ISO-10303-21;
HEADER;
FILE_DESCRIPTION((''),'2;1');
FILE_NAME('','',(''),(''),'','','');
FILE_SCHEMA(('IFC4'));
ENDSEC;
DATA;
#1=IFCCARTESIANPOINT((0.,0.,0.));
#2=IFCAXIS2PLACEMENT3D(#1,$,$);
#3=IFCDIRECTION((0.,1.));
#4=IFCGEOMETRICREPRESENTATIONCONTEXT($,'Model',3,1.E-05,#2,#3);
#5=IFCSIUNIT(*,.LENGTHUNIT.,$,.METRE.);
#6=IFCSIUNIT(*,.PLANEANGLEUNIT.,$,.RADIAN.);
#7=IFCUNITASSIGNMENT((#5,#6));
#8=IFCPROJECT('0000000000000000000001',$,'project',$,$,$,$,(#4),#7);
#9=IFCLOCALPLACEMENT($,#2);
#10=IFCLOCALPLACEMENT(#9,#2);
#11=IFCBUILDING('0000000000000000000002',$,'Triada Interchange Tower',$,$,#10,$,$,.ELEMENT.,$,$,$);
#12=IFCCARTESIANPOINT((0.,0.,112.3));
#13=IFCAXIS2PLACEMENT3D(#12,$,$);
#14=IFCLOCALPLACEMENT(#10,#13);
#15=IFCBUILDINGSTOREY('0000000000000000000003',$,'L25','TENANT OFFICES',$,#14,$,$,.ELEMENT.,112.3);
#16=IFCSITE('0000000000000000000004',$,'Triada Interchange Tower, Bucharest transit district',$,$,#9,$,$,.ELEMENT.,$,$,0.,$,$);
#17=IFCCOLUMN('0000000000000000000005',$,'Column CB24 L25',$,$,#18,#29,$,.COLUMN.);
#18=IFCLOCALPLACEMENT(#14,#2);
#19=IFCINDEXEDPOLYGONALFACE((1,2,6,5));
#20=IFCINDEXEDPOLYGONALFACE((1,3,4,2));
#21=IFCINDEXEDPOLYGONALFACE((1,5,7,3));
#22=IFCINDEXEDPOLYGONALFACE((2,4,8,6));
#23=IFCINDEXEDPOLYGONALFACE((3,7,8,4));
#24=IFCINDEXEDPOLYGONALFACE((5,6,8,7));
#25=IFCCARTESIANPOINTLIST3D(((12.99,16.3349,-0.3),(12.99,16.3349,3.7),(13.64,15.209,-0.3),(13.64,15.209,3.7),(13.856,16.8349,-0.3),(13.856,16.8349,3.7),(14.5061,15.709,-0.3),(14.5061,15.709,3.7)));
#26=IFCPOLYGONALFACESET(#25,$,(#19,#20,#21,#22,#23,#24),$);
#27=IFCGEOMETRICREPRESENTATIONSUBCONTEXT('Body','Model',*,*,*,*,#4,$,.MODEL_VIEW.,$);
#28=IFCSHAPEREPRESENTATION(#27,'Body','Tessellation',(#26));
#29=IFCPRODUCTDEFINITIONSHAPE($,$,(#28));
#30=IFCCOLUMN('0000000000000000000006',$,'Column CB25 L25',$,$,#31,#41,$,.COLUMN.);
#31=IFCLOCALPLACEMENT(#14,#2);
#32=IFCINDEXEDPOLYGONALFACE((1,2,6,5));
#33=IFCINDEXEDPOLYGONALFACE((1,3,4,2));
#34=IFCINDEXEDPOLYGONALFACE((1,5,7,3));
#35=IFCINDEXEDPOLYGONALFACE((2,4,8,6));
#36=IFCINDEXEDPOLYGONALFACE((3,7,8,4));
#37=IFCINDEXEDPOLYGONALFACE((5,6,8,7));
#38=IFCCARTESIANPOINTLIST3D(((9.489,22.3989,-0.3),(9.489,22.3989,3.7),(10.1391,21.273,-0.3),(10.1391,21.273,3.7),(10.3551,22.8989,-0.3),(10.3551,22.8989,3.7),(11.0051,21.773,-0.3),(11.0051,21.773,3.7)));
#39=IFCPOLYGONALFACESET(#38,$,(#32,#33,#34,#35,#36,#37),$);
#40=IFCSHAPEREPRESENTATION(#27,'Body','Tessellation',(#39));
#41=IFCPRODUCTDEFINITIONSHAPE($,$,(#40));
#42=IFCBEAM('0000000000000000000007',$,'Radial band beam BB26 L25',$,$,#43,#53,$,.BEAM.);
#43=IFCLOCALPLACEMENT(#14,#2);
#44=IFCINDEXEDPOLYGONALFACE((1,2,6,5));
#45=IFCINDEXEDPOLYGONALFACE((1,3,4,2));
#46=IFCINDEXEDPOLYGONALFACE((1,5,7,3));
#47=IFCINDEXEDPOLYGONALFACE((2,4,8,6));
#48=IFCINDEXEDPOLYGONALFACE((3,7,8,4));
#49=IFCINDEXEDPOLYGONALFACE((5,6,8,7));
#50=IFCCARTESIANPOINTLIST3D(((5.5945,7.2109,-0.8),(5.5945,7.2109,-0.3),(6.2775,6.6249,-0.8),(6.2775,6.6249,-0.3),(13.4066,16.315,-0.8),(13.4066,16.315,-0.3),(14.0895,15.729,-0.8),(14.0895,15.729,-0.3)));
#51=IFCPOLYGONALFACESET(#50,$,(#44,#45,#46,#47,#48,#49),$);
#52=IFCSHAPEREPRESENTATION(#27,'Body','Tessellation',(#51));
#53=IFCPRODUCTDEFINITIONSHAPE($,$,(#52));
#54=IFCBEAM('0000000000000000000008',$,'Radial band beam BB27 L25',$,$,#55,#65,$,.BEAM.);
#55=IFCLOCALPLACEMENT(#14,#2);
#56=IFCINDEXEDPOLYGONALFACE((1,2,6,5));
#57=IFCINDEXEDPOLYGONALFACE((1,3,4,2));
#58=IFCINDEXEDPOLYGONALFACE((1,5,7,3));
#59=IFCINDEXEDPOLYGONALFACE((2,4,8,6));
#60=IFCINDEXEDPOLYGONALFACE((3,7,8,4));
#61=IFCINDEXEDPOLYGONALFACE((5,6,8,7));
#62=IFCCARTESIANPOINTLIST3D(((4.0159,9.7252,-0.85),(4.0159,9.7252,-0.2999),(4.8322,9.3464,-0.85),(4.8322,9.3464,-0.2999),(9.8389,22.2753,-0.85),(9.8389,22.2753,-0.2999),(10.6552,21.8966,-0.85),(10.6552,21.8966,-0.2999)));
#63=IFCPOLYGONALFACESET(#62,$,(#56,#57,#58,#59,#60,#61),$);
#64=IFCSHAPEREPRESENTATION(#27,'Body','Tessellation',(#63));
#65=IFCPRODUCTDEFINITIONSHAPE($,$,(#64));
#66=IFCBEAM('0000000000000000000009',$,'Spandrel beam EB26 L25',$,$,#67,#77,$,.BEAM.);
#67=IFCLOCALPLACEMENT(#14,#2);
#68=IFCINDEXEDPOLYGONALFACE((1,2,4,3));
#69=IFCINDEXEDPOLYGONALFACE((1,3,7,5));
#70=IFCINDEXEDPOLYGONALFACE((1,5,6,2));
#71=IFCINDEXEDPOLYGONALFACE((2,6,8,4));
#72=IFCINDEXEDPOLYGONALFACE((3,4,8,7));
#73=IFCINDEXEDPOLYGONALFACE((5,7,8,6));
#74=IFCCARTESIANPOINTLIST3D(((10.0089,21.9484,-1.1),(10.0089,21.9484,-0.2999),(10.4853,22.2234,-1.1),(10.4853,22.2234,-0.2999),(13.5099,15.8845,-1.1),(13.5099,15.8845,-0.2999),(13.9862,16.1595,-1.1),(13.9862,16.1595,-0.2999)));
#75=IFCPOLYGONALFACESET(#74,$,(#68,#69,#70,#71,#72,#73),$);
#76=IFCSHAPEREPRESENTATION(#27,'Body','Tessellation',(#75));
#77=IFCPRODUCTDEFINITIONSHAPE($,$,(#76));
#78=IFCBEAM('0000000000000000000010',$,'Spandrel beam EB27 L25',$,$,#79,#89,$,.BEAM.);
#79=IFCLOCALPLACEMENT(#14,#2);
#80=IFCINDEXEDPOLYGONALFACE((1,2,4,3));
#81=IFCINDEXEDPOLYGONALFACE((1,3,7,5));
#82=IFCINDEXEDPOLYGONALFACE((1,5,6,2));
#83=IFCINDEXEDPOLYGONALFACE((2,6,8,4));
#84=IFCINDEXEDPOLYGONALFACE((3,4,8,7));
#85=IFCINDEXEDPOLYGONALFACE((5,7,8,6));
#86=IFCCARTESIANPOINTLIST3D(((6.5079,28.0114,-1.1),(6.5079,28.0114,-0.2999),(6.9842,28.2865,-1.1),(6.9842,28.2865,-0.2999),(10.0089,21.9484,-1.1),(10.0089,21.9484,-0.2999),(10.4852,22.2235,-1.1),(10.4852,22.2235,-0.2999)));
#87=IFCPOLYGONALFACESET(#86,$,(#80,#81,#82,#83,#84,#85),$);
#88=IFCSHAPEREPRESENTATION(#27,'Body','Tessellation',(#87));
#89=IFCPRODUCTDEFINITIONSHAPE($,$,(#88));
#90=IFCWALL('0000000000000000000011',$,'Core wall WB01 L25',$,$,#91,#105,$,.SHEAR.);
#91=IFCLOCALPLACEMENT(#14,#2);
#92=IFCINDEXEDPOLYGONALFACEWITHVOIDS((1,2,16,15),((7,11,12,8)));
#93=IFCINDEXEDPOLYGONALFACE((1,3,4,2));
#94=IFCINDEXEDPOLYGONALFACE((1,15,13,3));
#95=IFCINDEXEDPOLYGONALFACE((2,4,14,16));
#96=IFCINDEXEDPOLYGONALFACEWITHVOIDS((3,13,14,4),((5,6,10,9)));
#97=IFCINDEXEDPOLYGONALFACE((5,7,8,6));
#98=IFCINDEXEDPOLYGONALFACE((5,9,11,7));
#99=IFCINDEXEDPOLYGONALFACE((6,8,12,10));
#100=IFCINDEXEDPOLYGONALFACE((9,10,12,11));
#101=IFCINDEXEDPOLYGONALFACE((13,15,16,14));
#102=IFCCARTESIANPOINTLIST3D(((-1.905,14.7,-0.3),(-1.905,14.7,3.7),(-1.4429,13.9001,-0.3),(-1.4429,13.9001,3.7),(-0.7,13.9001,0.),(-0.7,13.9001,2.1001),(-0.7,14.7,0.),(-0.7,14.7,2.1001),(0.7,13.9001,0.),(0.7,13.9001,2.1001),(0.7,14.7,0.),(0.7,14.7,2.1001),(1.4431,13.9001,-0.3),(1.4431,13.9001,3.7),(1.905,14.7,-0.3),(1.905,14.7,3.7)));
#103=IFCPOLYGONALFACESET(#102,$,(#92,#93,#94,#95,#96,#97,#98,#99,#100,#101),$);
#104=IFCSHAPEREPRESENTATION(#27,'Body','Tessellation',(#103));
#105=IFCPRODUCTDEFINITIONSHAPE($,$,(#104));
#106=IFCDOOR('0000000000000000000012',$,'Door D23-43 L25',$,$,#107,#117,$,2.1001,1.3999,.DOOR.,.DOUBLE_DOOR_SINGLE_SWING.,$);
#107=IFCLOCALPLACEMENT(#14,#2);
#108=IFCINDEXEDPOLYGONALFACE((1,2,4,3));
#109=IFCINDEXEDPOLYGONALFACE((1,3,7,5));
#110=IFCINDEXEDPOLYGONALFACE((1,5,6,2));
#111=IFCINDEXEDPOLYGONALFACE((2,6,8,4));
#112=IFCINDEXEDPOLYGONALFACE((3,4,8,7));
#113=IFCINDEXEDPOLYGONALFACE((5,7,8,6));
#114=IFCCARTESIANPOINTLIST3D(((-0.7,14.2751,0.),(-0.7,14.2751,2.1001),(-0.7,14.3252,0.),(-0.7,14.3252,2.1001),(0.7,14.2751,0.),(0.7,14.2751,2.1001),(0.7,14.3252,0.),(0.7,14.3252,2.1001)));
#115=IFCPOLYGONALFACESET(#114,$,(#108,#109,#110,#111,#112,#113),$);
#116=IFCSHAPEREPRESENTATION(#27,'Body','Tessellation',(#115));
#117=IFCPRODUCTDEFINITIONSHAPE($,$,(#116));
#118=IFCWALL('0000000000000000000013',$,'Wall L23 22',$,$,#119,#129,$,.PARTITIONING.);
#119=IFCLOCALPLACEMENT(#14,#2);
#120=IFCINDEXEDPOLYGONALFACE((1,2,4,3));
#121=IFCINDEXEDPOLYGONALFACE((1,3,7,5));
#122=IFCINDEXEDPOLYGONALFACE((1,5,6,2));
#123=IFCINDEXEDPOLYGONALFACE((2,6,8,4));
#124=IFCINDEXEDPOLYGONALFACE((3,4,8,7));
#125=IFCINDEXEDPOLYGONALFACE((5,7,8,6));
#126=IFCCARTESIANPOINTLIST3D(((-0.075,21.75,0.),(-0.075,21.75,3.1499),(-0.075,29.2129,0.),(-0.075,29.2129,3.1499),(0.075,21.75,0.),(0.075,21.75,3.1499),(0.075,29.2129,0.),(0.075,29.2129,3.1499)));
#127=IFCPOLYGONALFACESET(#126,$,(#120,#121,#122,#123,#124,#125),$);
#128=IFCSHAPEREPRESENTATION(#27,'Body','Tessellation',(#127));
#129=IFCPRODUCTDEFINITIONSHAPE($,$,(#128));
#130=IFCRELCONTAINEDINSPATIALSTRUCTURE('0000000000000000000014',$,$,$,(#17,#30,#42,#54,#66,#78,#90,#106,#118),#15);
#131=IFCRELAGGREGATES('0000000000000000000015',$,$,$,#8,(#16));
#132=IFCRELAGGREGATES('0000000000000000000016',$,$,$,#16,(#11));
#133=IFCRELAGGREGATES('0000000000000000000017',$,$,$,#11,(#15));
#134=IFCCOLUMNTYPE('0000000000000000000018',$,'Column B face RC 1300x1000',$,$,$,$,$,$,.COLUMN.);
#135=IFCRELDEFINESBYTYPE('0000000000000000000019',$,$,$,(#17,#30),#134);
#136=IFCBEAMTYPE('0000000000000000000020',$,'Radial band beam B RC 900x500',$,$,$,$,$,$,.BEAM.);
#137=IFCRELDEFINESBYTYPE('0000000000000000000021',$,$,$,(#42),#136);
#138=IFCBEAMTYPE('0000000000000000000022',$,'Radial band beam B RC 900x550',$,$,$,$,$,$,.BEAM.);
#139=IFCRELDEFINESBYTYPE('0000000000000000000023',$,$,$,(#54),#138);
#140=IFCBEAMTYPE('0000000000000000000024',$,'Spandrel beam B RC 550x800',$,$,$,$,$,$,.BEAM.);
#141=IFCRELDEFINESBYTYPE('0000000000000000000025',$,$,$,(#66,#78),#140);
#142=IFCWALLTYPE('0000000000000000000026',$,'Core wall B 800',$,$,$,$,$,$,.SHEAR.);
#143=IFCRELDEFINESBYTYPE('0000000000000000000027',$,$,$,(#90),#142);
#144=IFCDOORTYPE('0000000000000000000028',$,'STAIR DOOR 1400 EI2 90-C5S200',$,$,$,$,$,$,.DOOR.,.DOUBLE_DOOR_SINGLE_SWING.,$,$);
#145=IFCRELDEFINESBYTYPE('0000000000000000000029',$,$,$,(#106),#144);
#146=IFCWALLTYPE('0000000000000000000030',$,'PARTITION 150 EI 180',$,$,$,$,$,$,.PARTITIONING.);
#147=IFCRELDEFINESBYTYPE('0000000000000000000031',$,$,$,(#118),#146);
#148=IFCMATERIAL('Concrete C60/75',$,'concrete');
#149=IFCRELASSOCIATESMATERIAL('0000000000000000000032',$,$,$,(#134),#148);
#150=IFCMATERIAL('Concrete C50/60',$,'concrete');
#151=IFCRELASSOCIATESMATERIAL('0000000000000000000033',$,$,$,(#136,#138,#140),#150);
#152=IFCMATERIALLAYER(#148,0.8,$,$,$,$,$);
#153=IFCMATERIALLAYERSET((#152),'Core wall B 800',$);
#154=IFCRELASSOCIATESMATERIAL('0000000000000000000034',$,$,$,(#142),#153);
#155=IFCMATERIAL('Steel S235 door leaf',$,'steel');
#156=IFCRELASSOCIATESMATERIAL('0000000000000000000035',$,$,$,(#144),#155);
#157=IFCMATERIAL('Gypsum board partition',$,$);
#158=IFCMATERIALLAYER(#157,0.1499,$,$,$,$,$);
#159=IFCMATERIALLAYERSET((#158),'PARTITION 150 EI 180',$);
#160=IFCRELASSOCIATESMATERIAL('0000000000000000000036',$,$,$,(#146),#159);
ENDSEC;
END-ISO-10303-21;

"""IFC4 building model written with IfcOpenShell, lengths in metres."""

from ifc_helpers import new_model, si_unit, direction, frame, frame_2d, origin, origin_2d, place, context, subcontext, project, spatial, polyline, rectangle, outline, extrude, material, layer, layer_set, material_profile, profile_set, type_object, element, fill, save


model = new_model("IFC4")

# Units and contexts
model_context = context("Model", 3, precision=1e-05, world=origin(), true_north=direction((0.0, 1.0)))
body_context = subcontext(model_context, "Body", "Model", "MODEL_VIEW")
ifc_project = project(units=[si_unit("LENGTHUNIT", "METRE"), si_unit("PLANEANGLEUNIT", "RADIAN")], contexts=[model_context])

# Site, building, storey
site_placement = place(None, origin())
site = spatial("IfcSite", under=ifc_project, at=site_placement, Name="Triada Interchange Tower, Bucharest transit district", CompositionType="ELEMENT", RefElevation=0.0)
building_placement = place(site_placement, origin())
building = spatial("IfcBuilding", under=site, at=building_placement, Name="Triada Interchange Tower", CompositionType="ELEMENT")
storey_placement = place(building_placement, frame((0.0, 0.0, 112.3)))
storey = spatial("IfcBuildingStorey", under=building, at=storey_placement, Name="L25", Description="TENANT OFFICES", CompositionType="ELEMENT", Elevation=112.3)

# Columns
ifc_material_1 = material(Name="Concrete C60/75", Category="concrete")
ifc_material_profile_1 = material_profile(ifc_material_1, rectangle(XDim=1.3, YDim=1.0, at=origin_2d()), Name="RC 1300x1000")
ifc_profile_set_1 = profile_set([ifc_material_profile_1], Name="Concrete C60/75")
column_type = type_object("IfcColumnType", Name="Column B face RC 1300x1000", PredefinedType="COLUMN", material=ifc_profile_set_1)
for number, where, z_axis, x_axis, name in (
    (1, (13.748, 16.022, -0.3), (0.0, 0.0, 1.0), (-0.5, 0.866025, 0.0), "Column CB24 L25"),
    (2, (10.2471, 22.0859, -0.3), (0.0, 0.0, 1.0), (-0.5, 0.866025, 0.0), "Column CB25 L25"),
):
    element("IfcColumn", number, at=place(storey_placement, frame(where, z_axis=z_axis, x_axis=x_axis)), inside=storey, type_object=column_type, Name=name, PredefinedType="COLUMN", context=body_context, shape_type="SweptSolid", body=[
        extrude(rectangle(XDim=1.3, YDim=1.0, at=origin_2d()), origin(), (0.0, 0.0, 1.0), 4.0),
    ])

# Beams
ifc_material_2 = material(Name="Concrete C50/60", Category="concrete")
ifc_material_profile_2 = material_profile(ifc_material_2, rectangle(XDim=0.8999, YDim=0.5, at=origin_2d()), Name="RC 900x500")
ifc_profile_set_2 = profile_set([ifc_material_profile_2], Name="Concrete C50/60")
beam_type_1 = type_object("IfcBeamType", Name="Radial band beam B RC 900x500", PredefinedType="BEAM", material=ifc_profile_set_2)
beam_1_placement = place(storey_placement, frame((13.748, 16.022, -0.55), z_axis=(-0.651204, -0.758903, 0.0), x_axis=(0.758903, -0.651204, 0.0)))
element("IfcBeam", 3, at=beam_1_placement, inside=storey, type_object=beam_type_1, Name="Radial band beam BB26 L25", PredefinedType="BEAM", context=body_context, shape_type="SweptSolid", body=[
    extrude(rectangle(XDim=0.8999, YDim=0.5, at=origin_2d()), origin(), (0.0, 0.0, 1.0), 11.9963),
])
ifc_material_profile_3 = material_profile(ifc_material_2, rectangle(XDim=0.8999, YDim=0.55, at=origin_2d()), Name="RC 900x550")
ifc_profile_set_3 = profile_set([ifc_material_profile_3], Name="Concrete C50/60")
beam_type_2 = type_object("IfcBeamType", Name="Radial band beam B RC 900x550", PredefinedType="BEAM", material=ifc_profile_set_3)
beam_2_placement = place(storey_placement, frame((10.2471, 22.0859, -0.575), z_axis=(-0.420885, -0.907114, 0.0), x_axis=(0.907114, -0.420885, 0.0)))
element("IfcBeam", 4, at=beam_2_placement, inside=storey, type_object=beam_type_2, Name="Radial band beam BB27 L25", PredefinedType="BEAM", context=body_context, shape_type="SweptSolid", body=[
    extrude(rectangle(XDim=0.8999, YDim=0.55, at=origin_2d()), origin(), (0.0, 0.0, 1.0), 13.8352),
])
ifc_material_profile_4 = material_profile(ifc_material_2, rectangle(XDim=0.55, YDim=0.8, at=origin_2d()), Name="RC 550x800")
ifc_profile_set_4 = profile_set([ifc_material_profile_4], Name="Concrete C50/60")
beam_type_3 = type_object("IfcBeamType", Name="Spandrel beam B RC 550x800", PredefinedType="BEAM", material=ifc_profile_set_4)
beam_3_placement = place(storey_placement, frame((13.748, 16.022, -0.7), z_axis=(-0.499994, 0.866029, 0.0), x_axis=(-0.866029, -0.499994, 0.0)))
element("IfcBeam", 5, at=beam_3_placement, inside=storey, type_object=beam_type_3, Name="Spandrel beam EB26 L25", PredefinedType="BEAM", context=body_context, shape_type="SweptSolid", body=[
    extrude(rectangle(XDim=0.55, YDim=0.8, at=origin_2d()), origin(), (0.0, 0.0, 1.0), 7.002),
])
beam_4_placement = place(storey_placement, frame((10.2471, 22.0859, -0.7), z_axis=(-0.500054, 0.865994, 0.0), x_axis=(-0.865994, -0.500054, 0.0)))
element("IfcBeam", 6, at=beam_4_placement, inside=storey, type_object=beam_type_3, Name="Spandrel beam EB27 L25", PredefinedType="BEAM", context=body_context, shape_type="SweptSolid", body=[
    extrude(rectangle(XDim=0.55, YDim=0.8, at=origin_2d()), origin(), (0.0, 0.0, 1.0), 7.0012),
])

# Wall, opening, door
ifc_layer_1 = layer(ifc_material_1, 0.8)
ifc_layer_set_1 = layer_set([ifc_layer_1], Name="Core wall B 800")
wall_type_1 = type_object("IfcWallType", Name="Core wall B 800", PredefinedType="SHEAR", material=ifc_layer_set_1)
wall_1_placement = place(storey_placement, frame((1.6741, 14.3, -0.3), z_axis=(0.0, 0.0, 1.0), x_axis=(-1.0, 0.0, 0.0)))
wall_1 = element("IfcWall", 7, at=wall_1_placement, inside=storey, type_object=wall_type_1, Name="Core wall WB01 L25", PredefinedType="SHEAR", context=body_context, shape_type="SweptSolid", body=[
    extrude(outline(polyline([(-0.231, -0.3999), (1.6741, -0.3999), (3.5791, -0.3999), (3.1169, 0.3999), (1.6738, 0.3999), (0.231, 0.3999), (-0.231, -0.3999)])), origin(), (0.0, 0.0, 1.0), 4.0),
])
opening_1_placement = place(wall_1_placement, frame((0.9741, 0.0, 0.3)))
opening_1 = element("IfcOpeningElement", 8, at=opening_1_placement, cuts=wall_1, PredefinedType="OPENING", context=body_context, shape_type="SweptSolid", body=[
    extrude(rectangle(XDim=1.3999, YDim=2.1001, at=frame_2d((0.7, 1.05))), frame((0.0, 0.4099, 0.0), z_axis=(0.0, -1.0, 0.0), x_axis=(1.0, 0.0, 0.0)), (0.0, 0.0, 1.0), 0.8201),
])
ifc_material_3 = material(Name="Steel S235 door leaf", Category="steel")
door_type_1 = type_object("IfcDoorType", Name="STAIR DOOR 1400 EI2 90-C5S200", OperationType="DOUBLE_DOOR_SINGLE_SWING", PredefinedType="DOOR", material=ifc_material_3)
door_1_placement = place(opening_1_placement, origin())
door_1 = element("IfcDoor", 9, at=door_1_placement, inside=storey, type_object=door_type_1, Name="Door D23-43 L25", OperationType="DOUBLE_DOOR_SINGLE_SWING", OverallHeight=2.1001, OverallWidth=1.3999, PredefinedType="DOOR", context=body_context, shape_type="SweptSolid", body=[
    extrude(rectangle(XDim=1.3999, YDim=2.1001, at=frame_2d((0.7, 1.05))), frame((0.0, 0.0249, 0.0), z_axis=(0.0, -1.0, 0.0), x_axis=(1.0, 0.0, 0.0)), (0.0, 0.0, 1.0), 0.05),
])
fill(opening_1, door_1)

# Wall
ifc_material_4 = material(Name="Gypsum board partition")
ifc_layer_2 = layer(ifc_material_4, 0.1499)
ifc_layer_set_2 = layer_set([ifc_layer_2], Name="PARTITION 150 EI 180")
wall_type_2 = type_object("IfcWallType", Name="PARTITION 150 EI 180", PredefinedType="PARTITIONING", material=ifc_layer_set_2)
wall_2_placement = place(storey_placement, frame((0.0, 21.75, 0.0), z_axis=(0.0, 0.0, 1.0), x_axis=(0.0, 1.0, 0.0)))
element("IfcWall", 10, at=wall_2_placement, inside=storey, type_object=wall_type_2, Name="Wall L23 22", PredefinedType="PARTITIONING", context=body_context, shape_type="SweptSolid", body=[
    extrude(rectangle(XDim=7.4629, YDim=0.1499, at=frame_2d((3.7314, 0.0))), origin(), (0.0, 0.0, 1.0), 3.1499),
])

save(model, "model.ifc")
